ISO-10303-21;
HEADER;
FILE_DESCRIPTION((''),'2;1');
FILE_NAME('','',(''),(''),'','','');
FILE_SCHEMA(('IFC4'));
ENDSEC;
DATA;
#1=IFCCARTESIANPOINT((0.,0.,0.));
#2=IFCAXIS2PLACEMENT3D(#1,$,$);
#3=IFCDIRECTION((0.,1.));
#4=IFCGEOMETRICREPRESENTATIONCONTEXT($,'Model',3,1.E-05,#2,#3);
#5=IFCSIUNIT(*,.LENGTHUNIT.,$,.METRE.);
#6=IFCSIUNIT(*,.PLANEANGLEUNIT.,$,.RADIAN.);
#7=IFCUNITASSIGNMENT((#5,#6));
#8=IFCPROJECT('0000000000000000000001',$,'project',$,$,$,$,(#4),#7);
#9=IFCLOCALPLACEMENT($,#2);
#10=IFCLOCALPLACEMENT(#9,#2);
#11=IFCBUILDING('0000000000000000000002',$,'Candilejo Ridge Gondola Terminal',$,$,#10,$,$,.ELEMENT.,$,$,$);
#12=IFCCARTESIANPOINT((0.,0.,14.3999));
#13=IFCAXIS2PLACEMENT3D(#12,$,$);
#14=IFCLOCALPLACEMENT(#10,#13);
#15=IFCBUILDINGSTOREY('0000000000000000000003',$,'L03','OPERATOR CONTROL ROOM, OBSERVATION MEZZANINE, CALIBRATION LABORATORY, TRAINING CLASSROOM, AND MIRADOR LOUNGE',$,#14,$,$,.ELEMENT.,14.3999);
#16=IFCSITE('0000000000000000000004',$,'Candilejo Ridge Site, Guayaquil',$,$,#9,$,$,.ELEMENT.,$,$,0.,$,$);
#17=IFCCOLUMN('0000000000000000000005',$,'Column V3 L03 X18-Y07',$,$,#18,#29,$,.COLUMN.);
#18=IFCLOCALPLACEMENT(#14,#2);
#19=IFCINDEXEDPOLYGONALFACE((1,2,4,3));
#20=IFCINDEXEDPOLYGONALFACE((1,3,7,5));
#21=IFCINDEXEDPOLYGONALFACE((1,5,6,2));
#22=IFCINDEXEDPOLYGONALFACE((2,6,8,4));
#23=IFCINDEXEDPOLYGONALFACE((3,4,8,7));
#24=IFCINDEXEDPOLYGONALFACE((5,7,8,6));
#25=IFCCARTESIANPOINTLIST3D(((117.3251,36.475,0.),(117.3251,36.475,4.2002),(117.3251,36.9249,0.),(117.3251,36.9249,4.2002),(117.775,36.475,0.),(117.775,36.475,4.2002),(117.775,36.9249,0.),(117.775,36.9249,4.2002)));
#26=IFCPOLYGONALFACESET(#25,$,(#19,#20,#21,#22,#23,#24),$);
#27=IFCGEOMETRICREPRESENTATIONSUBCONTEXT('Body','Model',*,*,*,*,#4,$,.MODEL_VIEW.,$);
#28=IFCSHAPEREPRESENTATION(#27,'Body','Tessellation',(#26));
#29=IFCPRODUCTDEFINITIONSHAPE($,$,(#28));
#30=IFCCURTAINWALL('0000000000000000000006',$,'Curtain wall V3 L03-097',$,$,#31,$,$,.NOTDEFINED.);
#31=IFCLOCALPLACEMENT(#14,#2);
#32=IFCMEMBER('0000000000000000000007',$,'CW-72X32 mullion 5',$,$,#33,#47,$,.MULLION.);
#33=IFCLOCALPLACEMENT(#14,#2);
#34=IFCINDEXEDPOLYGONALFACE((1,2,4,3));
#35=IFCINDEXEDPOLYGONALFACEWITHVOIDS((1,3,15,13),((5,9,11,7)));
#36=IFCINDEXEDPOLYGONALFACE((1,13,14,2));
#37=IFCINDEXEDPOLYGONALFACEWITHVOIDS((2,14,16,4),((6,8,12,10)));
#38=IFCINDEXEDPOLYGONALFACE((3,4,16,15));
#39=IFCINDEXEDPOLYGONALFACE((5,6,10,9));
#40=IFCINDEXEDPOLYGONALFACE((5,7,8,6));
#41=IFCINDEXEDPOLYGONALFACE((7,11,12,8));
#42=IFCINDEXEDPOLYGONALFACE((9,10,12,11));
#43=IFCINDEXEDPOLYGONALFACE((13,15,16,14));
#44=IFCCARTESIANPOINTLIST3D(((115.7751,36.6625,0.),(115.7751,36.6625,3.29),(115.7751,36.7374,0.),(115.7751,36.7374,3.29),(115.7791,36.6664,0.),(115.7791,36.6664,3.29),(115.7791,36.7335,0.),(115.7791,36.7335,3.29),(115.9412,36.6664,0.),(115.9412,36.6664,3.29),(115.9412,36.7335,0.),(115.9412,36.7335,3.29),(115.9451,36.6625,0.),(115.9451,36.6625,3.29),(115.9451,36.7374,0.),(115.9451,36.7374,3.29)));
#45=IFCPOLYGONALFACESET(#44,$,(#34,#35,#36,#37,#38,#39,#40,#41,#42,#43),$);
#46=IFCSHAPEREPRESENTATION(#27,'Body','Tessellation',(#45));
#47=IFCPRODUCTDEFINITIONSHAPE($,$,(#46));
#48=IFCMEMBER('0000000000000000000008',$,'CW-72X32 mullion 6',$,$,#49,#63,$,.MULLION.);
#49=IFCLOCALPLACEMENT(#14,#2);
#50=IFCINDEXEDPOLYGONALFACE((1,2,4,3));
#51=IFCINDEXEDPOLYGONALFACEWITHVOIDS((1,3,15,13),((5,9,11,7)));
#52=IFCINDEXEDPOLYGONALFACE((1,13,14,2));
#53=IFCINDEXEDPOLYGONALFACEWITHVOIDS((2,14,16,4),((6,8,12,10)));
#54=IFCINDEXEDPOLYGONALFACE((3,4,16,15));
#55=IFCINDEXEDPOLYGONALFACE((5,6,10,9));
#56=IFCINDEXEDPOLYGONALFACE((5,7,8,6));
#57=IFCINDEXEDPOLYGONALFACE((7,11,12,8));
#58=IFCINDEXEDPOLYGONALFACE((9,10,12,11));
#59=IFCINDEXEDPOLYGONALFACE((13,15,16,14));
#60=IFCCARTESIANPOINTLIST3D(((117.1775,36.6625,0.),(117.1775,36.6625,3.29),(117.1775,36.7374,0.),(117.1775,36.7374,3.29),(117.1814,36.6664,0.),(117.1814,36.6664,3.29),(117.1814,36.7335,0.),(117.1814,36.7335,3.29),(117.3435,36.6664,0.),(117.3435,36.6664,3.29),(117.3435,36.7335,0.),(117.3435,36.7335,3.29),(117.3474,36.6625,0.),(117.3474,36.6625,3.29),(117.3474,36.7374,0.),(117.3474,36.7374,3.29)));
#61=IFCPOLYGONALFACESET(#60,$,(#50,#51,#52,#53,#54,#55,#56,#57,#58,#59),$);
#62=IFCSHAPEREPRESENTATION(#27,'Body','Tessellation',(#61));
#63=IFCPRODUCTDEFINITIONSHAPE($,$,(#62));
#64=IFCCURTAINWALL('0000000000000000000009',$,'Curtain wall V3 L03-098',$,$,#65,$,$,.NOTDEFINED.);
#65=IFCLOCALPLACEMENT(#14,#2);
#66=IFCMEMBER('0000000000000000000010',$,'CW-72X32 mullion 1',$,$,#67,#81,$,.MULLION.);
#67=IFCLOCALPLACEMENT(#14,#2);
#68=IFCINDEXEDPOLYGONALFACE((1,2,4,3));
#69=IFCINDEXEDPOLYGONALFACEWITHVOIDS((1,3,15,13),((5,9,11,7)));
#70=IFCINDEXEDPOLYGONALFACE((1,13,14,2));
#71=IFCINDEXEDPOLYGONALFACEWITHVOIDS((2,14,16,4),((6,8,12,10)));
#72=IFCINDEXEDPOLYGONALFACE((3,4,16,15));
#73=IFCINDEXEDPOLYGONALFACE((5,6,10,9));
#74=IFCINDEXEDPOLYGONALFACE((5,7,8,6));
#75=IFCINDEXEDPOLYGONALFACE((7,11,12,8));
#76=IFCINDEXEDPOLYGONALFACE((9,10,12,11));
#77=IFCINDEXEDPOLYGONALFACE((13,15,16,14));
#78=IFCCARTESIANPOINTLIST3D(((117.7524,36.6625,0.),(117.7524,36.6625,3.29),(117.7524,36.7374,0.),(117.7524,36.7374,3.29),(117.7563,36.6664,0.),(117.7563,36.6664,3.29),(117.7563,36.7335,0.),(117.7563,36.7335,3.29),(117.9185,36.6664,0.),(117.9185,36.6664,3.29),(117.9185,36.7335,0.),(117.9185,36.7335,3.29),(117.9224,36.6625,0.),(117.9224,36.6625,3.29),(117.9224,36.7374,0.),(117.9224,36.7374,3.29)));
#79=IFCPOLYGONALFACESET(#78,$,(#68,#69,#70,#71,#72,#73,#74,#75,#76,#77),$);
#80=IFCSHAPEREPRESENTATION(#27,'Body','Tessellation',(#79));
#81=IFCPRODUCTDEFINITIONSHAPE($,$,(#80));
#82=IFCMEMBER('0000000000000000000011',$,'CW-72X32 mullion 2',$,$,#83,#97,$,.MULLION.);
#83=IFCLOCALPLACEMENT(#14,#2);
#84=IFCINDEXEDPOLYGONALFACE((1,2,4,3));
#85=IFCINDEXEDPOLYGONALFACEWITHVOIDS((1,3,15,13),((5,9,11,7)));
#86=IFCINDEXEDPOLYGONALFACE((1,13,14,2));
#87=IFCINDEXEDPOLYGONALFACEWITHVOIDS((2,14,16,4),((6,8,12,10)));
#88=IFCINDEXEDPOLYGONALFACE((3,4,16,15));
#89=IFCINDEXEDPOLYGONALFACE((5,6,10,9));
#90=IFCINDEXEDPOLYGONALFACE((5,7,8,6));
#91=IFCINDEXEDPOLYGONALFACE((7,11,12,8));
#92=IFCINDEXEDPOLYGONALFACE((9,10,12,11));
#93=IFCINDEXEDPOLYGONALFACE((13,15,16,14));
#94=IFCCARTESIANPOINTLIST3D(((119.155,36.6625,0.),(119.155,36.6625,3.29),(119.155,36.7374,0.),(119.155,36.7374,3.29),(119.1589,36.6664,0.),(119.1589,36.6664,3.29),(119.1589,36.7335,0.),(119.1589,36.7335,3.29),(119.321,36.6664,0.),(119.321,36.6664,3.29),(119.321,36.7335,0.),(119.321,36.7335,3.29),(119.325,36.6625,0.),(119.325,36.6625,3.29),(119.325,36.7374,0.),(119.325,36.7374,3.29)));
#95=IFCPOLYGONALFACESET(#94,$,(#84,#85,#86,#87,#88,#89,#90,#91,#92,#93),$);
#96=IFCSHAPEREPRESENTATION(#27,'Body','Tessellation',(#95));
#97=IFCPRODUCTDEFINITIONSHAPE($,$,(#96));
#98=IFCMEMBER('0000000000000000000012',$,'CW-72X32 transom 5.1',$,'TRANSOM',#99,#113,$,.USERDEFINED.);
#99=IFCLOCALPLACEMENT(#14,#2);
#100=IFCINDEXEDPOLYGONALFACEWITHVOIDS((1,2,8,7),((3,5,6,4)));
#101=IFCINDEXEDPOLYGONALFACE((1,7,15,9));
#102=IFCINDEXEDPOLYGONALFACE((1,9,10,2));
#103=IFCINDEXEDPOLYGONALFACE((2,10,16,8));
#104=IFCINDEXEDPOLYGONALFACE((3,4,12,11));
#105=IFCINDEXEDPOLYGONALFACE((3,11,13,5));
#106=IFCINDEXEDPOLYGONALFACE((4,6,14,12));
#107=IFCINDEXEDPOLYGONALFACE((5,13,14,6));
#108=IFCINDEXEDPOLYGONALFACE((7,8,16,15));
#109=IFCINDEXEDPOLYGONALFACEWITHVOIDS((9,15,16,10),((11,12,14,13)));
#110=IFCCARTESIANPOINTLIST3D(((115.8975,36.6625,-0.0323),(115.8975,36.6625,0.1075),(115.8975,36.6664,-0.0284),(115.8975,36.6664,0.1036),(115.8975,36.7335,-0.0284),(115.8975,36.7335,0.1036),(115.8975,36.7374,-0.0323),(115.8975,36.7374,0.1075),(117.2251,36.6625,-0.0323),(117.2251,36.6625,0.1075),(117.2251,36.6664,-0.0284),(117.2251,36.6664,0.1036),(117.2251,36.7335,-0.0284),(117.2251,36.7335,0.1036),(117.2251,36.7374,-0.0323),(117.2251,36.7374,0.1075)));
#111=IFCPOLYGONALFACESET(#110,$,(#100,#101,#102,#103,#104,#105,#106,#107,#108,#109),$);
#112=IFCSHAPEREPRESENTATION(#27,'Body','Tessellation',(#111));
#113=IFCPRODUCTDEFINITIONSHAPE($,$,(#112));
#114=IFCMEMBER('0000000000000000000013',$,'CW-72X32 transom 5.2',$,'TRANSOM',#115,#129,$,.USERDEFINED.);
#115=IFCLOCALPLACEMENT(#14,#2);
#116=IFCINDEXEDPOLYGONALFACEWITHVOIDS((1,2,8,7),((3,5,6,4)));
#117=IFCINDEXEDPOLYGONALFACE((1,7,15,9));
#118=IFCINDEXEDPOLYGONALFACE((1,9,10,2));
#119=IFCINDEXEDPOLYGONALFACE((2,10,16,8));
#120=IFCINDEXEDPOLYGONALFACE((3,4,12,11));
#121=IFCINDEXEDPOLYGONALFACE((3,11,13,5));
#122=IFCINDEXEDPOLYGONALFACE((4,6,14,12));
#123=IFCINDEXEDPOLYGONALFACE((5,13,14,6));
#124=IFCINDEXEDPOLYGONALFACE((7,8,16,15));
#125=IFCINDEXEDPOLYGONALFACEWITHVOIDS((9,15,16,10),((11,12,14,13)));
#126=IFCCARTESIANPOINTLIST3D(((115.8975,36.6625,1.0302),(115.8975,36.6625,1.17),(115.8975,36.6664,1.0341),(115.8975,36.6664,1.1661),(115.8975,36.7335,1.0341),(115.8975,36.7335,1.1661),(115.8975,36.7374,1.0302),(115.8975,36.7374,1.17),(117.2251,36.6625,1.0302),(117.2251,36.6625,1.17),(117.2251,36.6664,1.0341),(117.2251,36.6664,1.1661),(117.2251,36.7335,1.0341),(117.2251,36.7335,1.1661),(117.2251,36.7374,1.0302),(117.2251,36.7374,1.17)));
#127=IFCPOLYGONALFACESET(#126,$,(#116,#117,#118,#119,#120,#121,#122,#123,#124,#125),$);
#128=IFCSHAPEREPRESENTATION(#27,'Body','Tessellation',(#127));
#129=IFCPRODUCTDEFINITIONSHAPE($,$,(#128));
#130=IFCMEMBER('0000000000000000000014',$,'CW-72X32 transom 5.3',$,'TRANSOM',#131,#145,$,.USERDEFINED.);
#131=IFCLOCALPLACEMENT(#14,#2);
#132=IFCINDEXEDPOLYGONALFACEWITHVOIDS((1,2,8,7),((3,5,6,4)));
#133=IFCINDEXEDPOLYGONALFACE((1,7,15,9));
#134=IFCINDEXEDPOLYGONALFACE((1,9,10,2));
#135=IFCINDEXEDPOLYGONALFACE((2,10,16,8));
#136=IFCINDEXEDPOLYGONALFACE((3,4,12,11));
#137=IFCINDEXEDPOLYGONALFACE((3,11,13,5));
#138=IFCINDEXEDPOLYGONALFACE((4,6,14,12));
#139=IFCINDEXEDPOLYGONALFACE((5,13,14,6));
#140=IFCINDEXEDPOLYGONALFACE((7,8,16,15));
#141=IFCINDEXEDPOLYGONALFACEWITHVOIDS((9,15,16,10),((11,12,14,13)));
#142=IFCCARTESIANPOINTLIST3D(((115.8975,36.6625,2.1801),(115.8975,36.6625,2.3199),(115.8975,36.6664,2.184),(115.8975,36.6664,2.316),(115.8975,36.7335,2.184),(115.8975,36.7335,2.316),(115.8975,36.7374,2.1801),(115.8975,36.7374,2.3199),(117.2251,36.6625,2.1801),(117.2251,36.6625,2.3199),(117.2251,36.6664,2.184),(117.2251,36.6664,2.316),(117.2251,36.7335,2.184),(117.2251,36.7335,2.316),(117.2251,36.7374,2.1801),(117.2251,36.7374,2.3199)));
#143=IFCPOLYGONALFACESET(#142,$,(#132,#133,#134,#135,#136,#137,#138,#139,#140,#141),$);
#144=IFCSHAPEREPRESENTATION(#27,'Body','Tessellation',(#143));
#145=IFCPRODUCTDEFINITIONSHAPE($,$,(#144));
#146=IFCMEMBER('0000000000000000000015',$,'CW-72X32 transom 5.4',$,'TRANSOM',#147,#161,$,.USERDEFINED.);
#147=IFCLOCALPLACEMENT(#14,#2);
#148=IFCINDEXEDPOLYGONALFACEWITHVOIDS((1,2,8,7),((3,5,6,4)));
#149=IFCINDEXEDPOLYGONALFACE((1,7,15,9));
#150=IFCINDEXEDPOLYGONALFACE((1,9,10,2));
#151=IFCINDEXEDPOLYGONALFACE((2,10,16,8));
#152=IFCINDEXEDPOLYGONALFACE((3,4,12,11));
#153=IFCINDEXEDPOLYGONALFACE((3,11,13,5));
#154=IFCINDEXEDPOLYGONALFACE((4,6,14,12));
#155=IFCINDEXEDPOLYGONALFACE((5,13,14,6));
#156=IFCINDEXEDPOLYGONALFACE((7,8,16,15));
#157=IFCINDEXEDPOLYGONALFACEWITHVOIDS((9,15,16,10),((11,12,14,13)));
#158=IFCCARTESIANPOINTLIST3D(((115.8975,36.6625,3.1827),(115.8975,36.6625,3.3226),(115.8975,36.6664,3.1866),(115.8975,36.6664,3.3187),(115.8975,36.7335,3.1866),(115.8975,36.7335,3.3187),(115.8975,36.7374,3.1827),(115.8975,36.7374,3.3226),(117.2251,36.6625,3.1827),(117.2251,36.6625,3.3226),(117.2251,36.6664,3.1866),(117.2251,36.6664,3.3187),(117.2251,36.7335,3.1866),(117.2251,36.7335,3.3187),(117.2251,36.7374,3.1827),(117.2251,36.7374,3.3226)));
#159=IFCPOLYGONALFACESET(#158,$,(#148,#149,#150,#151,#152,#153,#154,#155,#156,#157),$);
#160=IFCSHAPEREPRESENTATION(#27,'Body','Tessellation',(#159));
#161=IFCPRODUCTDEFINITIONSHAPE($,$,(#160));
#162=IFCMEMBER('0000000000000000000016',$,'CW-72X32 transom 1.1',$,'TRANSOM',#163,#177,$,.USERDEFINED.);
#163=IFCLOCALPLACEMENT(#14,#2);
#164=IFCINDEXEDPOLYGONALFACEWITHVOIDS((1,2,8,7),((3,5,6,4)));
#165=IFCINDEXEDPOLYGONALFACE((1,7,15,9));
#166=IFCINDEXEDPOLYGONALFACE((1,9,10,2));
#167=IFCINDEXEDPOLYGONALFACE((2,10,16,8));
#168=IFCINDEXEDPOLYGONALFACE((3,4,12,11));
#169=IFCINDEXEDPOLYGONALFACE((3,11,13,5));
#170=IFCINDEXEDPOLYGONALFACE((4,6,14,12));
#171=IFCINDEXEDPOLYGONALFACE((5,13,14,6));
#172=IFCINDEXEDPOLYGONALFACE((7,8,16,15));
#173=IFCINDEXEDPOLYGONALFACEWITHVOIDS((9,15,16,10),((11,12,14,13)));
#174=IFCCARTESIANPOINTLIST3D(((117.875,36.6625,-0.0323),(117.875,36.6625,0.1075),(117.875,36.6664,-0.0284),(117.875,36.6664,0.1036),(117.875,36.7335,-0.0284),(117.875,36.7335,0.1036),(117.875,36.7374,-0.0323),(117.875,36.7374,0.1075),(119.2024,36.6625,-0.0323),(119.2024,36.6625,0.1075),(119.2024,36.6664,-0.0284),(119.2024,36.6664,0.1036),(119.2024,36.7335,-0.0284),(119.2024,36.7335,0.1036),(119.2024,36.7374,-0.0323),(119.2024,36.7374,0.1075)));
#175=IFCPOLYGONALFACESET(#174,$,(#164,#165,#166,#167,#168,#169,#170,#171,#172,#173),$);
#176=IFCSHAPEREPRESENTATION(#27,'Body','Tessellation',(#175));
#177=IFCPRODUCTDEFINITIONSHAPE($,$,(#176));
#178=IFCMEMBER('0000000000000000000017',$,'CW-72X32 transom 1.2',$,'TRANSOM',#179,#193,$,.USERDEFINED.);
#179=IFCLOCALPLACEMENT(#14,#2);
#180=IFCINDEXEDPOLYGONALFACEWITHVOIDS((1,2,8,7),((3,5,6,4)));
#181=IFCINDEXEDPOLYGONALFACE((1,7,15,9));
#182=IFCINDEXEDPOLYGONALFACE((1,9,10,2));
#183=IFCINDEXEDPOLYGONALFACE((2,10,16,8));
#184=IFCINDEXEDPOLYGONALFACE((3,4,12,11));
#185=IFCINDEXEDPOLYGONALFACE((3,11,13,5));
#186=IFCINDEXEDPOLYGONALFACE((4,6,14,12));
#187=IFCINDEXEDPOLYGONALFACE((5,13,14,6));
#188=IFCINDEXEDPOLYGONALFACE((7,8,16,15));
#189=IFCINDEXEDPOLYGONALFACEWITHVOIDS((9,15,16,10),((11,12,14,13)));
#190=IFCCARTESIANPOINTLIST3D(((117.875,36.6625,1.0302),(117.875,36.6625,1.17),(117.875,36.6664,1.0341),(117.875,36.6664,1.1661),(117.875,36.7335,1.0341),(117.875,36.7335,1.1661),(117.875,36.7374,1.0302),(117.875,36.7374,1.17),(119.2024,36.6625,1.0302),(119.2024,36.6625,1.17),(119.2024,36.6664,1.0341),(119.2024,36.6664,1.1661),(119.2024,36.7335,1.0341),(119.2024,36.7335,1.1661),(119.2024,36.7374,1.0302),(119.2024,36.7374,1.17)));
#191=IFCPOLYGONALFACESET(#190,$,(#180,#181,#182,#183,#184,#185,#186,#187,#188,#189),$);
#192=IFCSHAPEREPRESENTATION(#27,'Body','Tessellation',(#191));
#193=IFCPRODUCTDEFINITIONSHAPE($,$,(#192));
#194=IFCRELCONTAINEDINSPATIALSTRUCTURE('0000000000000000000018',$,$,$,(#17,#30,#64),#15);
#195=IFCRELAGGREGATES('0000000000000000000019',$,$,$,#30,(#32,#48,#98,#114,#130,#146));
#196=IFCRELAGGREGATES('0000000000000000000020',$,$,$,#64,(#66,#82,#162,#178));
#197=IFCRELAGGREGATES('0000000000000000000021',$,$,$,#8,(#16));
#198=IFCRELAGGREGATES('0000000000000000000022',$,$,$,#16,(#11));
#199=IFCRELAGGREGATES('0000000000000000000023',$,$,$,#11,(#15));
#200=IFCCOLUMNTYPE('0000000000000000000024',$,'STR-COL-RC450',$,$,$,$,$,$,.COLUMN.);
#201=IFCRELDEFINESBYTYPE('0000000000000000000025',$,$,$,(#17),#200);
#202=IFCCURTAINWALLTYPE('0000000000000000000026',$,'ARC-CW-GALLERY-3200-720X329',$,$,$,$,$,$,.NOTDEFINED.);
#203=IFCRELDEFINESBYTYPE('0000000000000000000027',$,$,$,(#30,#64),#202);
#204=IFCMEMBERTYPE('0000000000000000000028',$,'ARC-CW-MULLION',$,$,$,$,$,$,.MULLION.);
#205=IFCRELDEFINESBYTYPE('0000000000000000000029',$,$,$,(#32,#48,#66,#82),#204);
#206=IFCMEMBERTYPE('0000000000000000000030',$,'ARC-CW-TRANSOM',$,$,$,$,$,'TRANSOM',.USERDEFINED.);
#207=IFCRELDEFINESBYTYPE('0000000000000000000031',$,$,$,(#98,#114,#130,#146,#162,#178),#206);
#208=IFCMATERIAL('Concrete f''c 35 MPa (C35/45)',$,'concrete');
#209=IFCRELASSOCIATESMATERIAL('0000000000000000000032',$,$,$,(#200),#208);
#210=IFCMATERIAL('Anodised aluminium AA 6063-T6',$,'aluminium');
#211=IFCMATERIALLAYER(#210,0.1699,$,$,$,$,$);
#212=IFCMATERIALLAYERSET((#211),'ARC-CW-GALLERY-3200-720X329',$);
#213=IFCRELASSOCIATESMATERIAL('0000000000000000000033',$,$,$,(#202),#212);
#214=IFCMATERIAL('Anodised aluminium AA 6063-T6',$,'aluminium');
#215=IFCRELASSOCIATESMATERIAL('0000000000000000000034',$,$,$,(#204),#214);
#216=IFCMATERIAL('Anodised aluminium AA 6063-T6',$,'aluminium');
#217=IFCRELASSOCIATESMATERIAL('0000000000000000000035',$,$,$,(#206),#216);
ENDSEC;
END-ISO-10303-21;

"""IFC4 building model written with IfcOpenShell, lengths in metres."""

from ifc_helpers import new_model, si_unit, direction, frame, origin, origin_2d, place, context, subcontext, project, spatial, rectangle, hollow_rectangle, extrude, material, layer, layer_set, material_profile, profile_set, type_object, element, aggregate, save


model = new_model("IFC4")

# Units and contexts
model_context = context("Model", 3, precision=1e-05, world=origin(), true_north=direction((0.0, 1.0)))
body_context = subcontext(model_context, "Body", "Model", "MODEL_VIEW")
ifc_project = project(units=[si_unit("LENGTHUNIT", "METRE"), si_unit("PLANEANGLEUNIT", "RADIAN")], contexts=[model_context])

# Site, building, storey
site_placement = place(None, origin())
site = spatial("IfcSite", under=ifc_project, at=site_placement, Name="Candilejo Ridge Site, Guayaquil", CompositionType="ELEMENT", RefElevation=0.0)
building_placement = place(site_placement, origin())
building = spatial("IfcBuilding", under=site, at=building_placement, Name="Candilejo Ridge Gondola Terminal", CompositionType="ELEMENT")
storey_placement = place(building_placement, frame((0.0, 0.0, 14.3999)))
storey = spatial("IfcBuildingStorey", under=building, at=storey_placement, Name="L03", Description="OPERATOR CONTROL ROOM, OBSERVATION MEZZANINE, CALIBRATION LABORATORY, TRAINING CLASSROOM, AND MIRADOR LOUNGE", CompositionType="ELEMENT", Elevation=14.3999)

# Column
ifc_material_1 = material(Name="Concrete f'c 35 MPa (C35/45)", Category="concrete")
ifc_material_profile_1 = material_profile(ifc_material_1, rectangle(XDim=0.45, YDim=0.45, at=origin_2d()))
ifc_profile_set_1 = profile_set([ifc_material_profile_1], Name="Concrete f'c 35 MPa (C35/45)")
column_type = type_object("IfcColumnType", Name="STR-COL-RC450", PredefinedType="COLUMN", material=ifc_profile_set_1)
column_placement = place(storey_placement, frame((117.55, 36.7, 0.0), z_axis=(0.0, 0.0, 1.0), x_axis=(1.0, 0.0, 0.0)))
element("IfcColumn", 1, at=column_placement, inside=storey, type_object=column_type, Name="Column V3 L03 X18-Y07", PredefinedType="COLUMN", context=body_context, shape_type="SweptSolid", body=[
    extrude(rectangle(XDim=0.45, YDim=0.45, at=origin_2d()), origin(), (0.0, 0.0, 1.0), 4.2002),
])

# Curtain walls, members
ifc_material_2 = material(Name="Anodised aluminium AA 6063-T6", Category="aluminium")
ifc_layer_1 = layer(ifc_material_2, 0.1699)
ifc_layer_set_1 = layer_set([ifc_layer_1], Name="ARC-CW-GALLERY-3200-720X329")
curtain_wall_type = type_object("IfcCurtainWallType", Name="ARC-CW-GALLERY-3200-720X329", PredefinedType="NOTDEFINED", material=ifc_layer_set_1)
curtain_wall_1_placement = place(storey_placement, origin())
curtain_wall_1 = element("IfcCurtainWall", 2, at=curtain_wall_1_placement, inside=storey, type_object=curtain_wall_type, Name="Curtain wall V3 L03-097", PredefinedType="NOTDEFINED")
ifc_material_3 = material(Name="Anodised aluminium AA 6063-T6", Category="aluminium")
ifc_material_profile_2 = material_profile(ifc_material_3, hollow_rectangle(XDim=0.075, YDim=0.1699, WallThickness=0.0039, at=origin_2d()))
ifc_profile_set_2 = profile_set([ifc_material_profile_2], Name="Anodised aluminium AA 6063-T6")
member_type_1 = type_object("IfcMemberType", Name="ARC-CW-MULLION", PredefinedType="MULLION", material=ifc_profile_set_2)
member_1_placement = place(storey_placement, frame((115.8601, 36.7, 0.0), z_axis=(0.0, 0.0, 1.0), x_axis=(0.0, 1.0, 0.0)))
member_1 = element("IfcMember", 3, at=member_1_placement, type_object=member_type_1, Name="CW-72X32 mullion 5", PredefinedType="MULLION", context=body_context, shape_type="SweptSolid", body=[
    extrude(hollow_rectangle(XDim=0.075, YDim=0.1699, WallThickness=0.0039, at=origin_2d()), origin(), (0.0, 0.0, 1.0), 3.29),
])
member_2_placement = place(storey_placement, frame((117.2625, 36.7, 0.0), z_axis=(0.0, 0.0, 1.0), x_axis=(0.0, 1.0, 0.0)))
member_2 = element("IfcMember", 4, at=member_2_placement, type_object=member_type_1, Name="CW-72X32 mullion 6", PredefinedType="MULLION", context=body_context, shape_type="SweptSolid", body=[
    extrude(hollow_rectangle(XDim=0.075, YDim=0.1699, WallThickness=0.0039, at=origin_2d()), origin(), (0.0, 0.0, 1.0), 3.29),
])
curtain_wall_2_placement = place(storey_placement, origin())
curtain_wall_2 = element("IfcCurtainWall", 5, at=curtain_wall_2_placement, inside=storey, type_object=curtain_wall_type, Name="Curtain wall V3 L03-098", PredefinedType="NOTDEFINED")
member_3_placement = place(storey_placement, frame((117.8374, 36.7, 0.0), z_axis=(0.0, 0.0, 1.0), x_axis=(0.0, 1.0, 0.0)))
member_3 = element("IfcMember", 6, at=member_3_placement, type_object=member_type_1, Name="CW-72X32 mullion 1", PredefinedType="MULLION", context=body_context, shape_type="SweptSolid", body=[
    extrude(hollow_rectangle(XDim=0.075, YDim=0.1699, WallThickness=0.0039, at=origin_2d()), origin(), (0.0, 0.0, 1.0), 3.29),
])
member_4_placement = place(storey_placement, frame((119.24, 36.7, 0.0), z_axis=(0.0, 0.0, 1.0), x_axis=(0.0, 1.0, 0.0)))
member_4 = element("IfcMember", 7, at=member_4_placement, type_object=member_type_1, Name="CW-72X32 mullion 2", PredefinedType="MULLION", context=body_context, shape_type="SweptSolid", body=[
    extrude(hollow_rectangle(XDim=0.075, YDim=0.1699, WallThickness=0.0039, at=origin_2d()), origin(), (0.0, 0.0, 1.0), 3.29),
])

# Members
ifc_material_4 = material(Name="Anodised aluminium AA 6063-T6", Category="aluminium")
ifc_material_profile_3 = material_profile(ifc_material_4, hollow_rectangle(XDim=0.075, YDim=0.1399, WallThickness=0.0039, at=origin_2d()))
ifc_profile_set_3 = profile_set([ifc_material_profile_3], Name="Anodised aluminium AA 6063-T6")
member_type_2 = type_object("IfcMemberType", Name="ARC-CW-TRANSOM", ElementType="TRANSOM", PredefinedType="USERDEFINED", material=ifc_profile_set_3)
member_5_placement = place(storey_placement, frame((115.8975, 36.7, 0.0376), z_axis=(1.0, 0.0, 0.0), x_axis=(0.0, 1.0, 0.0)))
member_5 = element("IfcMember", 8, at=member_5_placement, type_object=member_type_2, Name="CW-72X32 transom 5.1", ObjectType="TRANSOM", PredefinedType="USERDEFINED", context=body_context, shape_type="SweptSolid", body=[
    extrude(hollow_rectangle(XDim=0.075, YDim=0.1399, WallThickness=0.0039, at=origin_2d()), origin(), (0.0, 0.0, 1.0), 1.3276),
])
member_6_placement = place(storey_placement, frame((115.8975, 36.7, 1.1001), z_axis=(1.0, 0.0, 0.0), x_axis=(0.0, 1.0, 0.0)))
member_6 = element("IfcMember", 9, at=member_6_placement, type_object=member_type_2, Name="CW-72X32 transom 5.2", ObjectType="TRANSOM", PredefinedType="USERDEFINED", context=body_context, shape_type="SweptSolid", body=[
    extrude(hollow_rectangle(XDim=0.075, YDim=0.1399, WallThickness=0.0039, at=origin_2d()), origin(), (0.0, 0.0, 1.0), 1.3276),
])
member_7_placement = place(storey_placement, frame((115.8975, 36.7, 2.25), z_axis=(1.0, 0.0, 0.0), x_axis=(0.0, 1.0, 0.0)))
member_7 = element("IfcMember", 10, at=member_7_placement, type_object=member_type_2, Name="CW-72X32 transom 5.3", ObjectType="TRANSOM", PredefinedType="USERDEFINED", context=body_context, shape_type="SweptSolid", body=[
    extrude(hollow_rectangle(XDim=0.075, YDim=0.1399, WallThickness=0.0039, at=origin_2d()), origin(), (0.0, 0.0, 1.0), 1.3276),
])
member_8_placement = place(storey_placement, frame((115.8975, 36.7, 3.2527), z_axis=(1.0, 0.0, 0.0), x_axis=(0.0, 1.0, 0.0)))
member_8 = element("IfcMember", 11, at=member_8_placement, type_object=member_type_2, Name="CW-72X32 transom 5.4", ObjectType="TRANSOM", PredefinedType="USERDEFINED", context=body_context, shape_type="SweptSolid", body=[
    extrude(hollow_rectangle(XDim=0.075, YDim=0.1399, WallThickness=0.0039, at=origin_2d()), origin(), (0.0, 0.0, 1.0), 1.3276),
])
member_9_placement = place(storey_placement, frame((117.875, 36.7, 0.0376), z_axis=(1.0, 0.0, 0.0), x_axis=(0.0, 1.0, 0.0)))
member_9 = element("IfcMember", 12, at=member_9_placement, type_object=member_type_2, Name="CW-72X32 transom 1.1", ObjectType="TRANSOM", PredefinedType="USERDEFINED", context=body_context, shape_type="SweptSolid", body=[
    extrude(hollow_rectangle(XDim=0.075, YDim=0.1399, WallThickness=0.0039, at=origin_2d()), origin(), (0.0, 0.0, 1.0), 1.3274),
])
member_10_placement = place(storey_placement, frame((117.875, 36.7, 1.1001), z_axis=(1.0, 0.0, 0.0), x_axis=(0.0, 1.0, 0.0)))
member_10 = element("IfcMember", 13, at=member_10_placement, type_object=member_type_2, Name="CW-72X32 transom 1.2", ObjectType="TRANSOM", PredefinedType="USERDEFINED", context=body_context, shape_type="SweptSolid", body=[
    extrude(hollow_rectangle(XDim=0.075, YDim=0.1399, WallThickness=0.0039, at=origin_2d()), origin(), (0.0, 0.0, 1.0), 1.3274),
])

aggregate(curtain_wall_1, [member_1, member_2, member_5, member_6, member_7, member_8])
aggregate(curtain_wall_2, [member_3, member_4, member_9, member_10])

save(model, "model.ifc")
